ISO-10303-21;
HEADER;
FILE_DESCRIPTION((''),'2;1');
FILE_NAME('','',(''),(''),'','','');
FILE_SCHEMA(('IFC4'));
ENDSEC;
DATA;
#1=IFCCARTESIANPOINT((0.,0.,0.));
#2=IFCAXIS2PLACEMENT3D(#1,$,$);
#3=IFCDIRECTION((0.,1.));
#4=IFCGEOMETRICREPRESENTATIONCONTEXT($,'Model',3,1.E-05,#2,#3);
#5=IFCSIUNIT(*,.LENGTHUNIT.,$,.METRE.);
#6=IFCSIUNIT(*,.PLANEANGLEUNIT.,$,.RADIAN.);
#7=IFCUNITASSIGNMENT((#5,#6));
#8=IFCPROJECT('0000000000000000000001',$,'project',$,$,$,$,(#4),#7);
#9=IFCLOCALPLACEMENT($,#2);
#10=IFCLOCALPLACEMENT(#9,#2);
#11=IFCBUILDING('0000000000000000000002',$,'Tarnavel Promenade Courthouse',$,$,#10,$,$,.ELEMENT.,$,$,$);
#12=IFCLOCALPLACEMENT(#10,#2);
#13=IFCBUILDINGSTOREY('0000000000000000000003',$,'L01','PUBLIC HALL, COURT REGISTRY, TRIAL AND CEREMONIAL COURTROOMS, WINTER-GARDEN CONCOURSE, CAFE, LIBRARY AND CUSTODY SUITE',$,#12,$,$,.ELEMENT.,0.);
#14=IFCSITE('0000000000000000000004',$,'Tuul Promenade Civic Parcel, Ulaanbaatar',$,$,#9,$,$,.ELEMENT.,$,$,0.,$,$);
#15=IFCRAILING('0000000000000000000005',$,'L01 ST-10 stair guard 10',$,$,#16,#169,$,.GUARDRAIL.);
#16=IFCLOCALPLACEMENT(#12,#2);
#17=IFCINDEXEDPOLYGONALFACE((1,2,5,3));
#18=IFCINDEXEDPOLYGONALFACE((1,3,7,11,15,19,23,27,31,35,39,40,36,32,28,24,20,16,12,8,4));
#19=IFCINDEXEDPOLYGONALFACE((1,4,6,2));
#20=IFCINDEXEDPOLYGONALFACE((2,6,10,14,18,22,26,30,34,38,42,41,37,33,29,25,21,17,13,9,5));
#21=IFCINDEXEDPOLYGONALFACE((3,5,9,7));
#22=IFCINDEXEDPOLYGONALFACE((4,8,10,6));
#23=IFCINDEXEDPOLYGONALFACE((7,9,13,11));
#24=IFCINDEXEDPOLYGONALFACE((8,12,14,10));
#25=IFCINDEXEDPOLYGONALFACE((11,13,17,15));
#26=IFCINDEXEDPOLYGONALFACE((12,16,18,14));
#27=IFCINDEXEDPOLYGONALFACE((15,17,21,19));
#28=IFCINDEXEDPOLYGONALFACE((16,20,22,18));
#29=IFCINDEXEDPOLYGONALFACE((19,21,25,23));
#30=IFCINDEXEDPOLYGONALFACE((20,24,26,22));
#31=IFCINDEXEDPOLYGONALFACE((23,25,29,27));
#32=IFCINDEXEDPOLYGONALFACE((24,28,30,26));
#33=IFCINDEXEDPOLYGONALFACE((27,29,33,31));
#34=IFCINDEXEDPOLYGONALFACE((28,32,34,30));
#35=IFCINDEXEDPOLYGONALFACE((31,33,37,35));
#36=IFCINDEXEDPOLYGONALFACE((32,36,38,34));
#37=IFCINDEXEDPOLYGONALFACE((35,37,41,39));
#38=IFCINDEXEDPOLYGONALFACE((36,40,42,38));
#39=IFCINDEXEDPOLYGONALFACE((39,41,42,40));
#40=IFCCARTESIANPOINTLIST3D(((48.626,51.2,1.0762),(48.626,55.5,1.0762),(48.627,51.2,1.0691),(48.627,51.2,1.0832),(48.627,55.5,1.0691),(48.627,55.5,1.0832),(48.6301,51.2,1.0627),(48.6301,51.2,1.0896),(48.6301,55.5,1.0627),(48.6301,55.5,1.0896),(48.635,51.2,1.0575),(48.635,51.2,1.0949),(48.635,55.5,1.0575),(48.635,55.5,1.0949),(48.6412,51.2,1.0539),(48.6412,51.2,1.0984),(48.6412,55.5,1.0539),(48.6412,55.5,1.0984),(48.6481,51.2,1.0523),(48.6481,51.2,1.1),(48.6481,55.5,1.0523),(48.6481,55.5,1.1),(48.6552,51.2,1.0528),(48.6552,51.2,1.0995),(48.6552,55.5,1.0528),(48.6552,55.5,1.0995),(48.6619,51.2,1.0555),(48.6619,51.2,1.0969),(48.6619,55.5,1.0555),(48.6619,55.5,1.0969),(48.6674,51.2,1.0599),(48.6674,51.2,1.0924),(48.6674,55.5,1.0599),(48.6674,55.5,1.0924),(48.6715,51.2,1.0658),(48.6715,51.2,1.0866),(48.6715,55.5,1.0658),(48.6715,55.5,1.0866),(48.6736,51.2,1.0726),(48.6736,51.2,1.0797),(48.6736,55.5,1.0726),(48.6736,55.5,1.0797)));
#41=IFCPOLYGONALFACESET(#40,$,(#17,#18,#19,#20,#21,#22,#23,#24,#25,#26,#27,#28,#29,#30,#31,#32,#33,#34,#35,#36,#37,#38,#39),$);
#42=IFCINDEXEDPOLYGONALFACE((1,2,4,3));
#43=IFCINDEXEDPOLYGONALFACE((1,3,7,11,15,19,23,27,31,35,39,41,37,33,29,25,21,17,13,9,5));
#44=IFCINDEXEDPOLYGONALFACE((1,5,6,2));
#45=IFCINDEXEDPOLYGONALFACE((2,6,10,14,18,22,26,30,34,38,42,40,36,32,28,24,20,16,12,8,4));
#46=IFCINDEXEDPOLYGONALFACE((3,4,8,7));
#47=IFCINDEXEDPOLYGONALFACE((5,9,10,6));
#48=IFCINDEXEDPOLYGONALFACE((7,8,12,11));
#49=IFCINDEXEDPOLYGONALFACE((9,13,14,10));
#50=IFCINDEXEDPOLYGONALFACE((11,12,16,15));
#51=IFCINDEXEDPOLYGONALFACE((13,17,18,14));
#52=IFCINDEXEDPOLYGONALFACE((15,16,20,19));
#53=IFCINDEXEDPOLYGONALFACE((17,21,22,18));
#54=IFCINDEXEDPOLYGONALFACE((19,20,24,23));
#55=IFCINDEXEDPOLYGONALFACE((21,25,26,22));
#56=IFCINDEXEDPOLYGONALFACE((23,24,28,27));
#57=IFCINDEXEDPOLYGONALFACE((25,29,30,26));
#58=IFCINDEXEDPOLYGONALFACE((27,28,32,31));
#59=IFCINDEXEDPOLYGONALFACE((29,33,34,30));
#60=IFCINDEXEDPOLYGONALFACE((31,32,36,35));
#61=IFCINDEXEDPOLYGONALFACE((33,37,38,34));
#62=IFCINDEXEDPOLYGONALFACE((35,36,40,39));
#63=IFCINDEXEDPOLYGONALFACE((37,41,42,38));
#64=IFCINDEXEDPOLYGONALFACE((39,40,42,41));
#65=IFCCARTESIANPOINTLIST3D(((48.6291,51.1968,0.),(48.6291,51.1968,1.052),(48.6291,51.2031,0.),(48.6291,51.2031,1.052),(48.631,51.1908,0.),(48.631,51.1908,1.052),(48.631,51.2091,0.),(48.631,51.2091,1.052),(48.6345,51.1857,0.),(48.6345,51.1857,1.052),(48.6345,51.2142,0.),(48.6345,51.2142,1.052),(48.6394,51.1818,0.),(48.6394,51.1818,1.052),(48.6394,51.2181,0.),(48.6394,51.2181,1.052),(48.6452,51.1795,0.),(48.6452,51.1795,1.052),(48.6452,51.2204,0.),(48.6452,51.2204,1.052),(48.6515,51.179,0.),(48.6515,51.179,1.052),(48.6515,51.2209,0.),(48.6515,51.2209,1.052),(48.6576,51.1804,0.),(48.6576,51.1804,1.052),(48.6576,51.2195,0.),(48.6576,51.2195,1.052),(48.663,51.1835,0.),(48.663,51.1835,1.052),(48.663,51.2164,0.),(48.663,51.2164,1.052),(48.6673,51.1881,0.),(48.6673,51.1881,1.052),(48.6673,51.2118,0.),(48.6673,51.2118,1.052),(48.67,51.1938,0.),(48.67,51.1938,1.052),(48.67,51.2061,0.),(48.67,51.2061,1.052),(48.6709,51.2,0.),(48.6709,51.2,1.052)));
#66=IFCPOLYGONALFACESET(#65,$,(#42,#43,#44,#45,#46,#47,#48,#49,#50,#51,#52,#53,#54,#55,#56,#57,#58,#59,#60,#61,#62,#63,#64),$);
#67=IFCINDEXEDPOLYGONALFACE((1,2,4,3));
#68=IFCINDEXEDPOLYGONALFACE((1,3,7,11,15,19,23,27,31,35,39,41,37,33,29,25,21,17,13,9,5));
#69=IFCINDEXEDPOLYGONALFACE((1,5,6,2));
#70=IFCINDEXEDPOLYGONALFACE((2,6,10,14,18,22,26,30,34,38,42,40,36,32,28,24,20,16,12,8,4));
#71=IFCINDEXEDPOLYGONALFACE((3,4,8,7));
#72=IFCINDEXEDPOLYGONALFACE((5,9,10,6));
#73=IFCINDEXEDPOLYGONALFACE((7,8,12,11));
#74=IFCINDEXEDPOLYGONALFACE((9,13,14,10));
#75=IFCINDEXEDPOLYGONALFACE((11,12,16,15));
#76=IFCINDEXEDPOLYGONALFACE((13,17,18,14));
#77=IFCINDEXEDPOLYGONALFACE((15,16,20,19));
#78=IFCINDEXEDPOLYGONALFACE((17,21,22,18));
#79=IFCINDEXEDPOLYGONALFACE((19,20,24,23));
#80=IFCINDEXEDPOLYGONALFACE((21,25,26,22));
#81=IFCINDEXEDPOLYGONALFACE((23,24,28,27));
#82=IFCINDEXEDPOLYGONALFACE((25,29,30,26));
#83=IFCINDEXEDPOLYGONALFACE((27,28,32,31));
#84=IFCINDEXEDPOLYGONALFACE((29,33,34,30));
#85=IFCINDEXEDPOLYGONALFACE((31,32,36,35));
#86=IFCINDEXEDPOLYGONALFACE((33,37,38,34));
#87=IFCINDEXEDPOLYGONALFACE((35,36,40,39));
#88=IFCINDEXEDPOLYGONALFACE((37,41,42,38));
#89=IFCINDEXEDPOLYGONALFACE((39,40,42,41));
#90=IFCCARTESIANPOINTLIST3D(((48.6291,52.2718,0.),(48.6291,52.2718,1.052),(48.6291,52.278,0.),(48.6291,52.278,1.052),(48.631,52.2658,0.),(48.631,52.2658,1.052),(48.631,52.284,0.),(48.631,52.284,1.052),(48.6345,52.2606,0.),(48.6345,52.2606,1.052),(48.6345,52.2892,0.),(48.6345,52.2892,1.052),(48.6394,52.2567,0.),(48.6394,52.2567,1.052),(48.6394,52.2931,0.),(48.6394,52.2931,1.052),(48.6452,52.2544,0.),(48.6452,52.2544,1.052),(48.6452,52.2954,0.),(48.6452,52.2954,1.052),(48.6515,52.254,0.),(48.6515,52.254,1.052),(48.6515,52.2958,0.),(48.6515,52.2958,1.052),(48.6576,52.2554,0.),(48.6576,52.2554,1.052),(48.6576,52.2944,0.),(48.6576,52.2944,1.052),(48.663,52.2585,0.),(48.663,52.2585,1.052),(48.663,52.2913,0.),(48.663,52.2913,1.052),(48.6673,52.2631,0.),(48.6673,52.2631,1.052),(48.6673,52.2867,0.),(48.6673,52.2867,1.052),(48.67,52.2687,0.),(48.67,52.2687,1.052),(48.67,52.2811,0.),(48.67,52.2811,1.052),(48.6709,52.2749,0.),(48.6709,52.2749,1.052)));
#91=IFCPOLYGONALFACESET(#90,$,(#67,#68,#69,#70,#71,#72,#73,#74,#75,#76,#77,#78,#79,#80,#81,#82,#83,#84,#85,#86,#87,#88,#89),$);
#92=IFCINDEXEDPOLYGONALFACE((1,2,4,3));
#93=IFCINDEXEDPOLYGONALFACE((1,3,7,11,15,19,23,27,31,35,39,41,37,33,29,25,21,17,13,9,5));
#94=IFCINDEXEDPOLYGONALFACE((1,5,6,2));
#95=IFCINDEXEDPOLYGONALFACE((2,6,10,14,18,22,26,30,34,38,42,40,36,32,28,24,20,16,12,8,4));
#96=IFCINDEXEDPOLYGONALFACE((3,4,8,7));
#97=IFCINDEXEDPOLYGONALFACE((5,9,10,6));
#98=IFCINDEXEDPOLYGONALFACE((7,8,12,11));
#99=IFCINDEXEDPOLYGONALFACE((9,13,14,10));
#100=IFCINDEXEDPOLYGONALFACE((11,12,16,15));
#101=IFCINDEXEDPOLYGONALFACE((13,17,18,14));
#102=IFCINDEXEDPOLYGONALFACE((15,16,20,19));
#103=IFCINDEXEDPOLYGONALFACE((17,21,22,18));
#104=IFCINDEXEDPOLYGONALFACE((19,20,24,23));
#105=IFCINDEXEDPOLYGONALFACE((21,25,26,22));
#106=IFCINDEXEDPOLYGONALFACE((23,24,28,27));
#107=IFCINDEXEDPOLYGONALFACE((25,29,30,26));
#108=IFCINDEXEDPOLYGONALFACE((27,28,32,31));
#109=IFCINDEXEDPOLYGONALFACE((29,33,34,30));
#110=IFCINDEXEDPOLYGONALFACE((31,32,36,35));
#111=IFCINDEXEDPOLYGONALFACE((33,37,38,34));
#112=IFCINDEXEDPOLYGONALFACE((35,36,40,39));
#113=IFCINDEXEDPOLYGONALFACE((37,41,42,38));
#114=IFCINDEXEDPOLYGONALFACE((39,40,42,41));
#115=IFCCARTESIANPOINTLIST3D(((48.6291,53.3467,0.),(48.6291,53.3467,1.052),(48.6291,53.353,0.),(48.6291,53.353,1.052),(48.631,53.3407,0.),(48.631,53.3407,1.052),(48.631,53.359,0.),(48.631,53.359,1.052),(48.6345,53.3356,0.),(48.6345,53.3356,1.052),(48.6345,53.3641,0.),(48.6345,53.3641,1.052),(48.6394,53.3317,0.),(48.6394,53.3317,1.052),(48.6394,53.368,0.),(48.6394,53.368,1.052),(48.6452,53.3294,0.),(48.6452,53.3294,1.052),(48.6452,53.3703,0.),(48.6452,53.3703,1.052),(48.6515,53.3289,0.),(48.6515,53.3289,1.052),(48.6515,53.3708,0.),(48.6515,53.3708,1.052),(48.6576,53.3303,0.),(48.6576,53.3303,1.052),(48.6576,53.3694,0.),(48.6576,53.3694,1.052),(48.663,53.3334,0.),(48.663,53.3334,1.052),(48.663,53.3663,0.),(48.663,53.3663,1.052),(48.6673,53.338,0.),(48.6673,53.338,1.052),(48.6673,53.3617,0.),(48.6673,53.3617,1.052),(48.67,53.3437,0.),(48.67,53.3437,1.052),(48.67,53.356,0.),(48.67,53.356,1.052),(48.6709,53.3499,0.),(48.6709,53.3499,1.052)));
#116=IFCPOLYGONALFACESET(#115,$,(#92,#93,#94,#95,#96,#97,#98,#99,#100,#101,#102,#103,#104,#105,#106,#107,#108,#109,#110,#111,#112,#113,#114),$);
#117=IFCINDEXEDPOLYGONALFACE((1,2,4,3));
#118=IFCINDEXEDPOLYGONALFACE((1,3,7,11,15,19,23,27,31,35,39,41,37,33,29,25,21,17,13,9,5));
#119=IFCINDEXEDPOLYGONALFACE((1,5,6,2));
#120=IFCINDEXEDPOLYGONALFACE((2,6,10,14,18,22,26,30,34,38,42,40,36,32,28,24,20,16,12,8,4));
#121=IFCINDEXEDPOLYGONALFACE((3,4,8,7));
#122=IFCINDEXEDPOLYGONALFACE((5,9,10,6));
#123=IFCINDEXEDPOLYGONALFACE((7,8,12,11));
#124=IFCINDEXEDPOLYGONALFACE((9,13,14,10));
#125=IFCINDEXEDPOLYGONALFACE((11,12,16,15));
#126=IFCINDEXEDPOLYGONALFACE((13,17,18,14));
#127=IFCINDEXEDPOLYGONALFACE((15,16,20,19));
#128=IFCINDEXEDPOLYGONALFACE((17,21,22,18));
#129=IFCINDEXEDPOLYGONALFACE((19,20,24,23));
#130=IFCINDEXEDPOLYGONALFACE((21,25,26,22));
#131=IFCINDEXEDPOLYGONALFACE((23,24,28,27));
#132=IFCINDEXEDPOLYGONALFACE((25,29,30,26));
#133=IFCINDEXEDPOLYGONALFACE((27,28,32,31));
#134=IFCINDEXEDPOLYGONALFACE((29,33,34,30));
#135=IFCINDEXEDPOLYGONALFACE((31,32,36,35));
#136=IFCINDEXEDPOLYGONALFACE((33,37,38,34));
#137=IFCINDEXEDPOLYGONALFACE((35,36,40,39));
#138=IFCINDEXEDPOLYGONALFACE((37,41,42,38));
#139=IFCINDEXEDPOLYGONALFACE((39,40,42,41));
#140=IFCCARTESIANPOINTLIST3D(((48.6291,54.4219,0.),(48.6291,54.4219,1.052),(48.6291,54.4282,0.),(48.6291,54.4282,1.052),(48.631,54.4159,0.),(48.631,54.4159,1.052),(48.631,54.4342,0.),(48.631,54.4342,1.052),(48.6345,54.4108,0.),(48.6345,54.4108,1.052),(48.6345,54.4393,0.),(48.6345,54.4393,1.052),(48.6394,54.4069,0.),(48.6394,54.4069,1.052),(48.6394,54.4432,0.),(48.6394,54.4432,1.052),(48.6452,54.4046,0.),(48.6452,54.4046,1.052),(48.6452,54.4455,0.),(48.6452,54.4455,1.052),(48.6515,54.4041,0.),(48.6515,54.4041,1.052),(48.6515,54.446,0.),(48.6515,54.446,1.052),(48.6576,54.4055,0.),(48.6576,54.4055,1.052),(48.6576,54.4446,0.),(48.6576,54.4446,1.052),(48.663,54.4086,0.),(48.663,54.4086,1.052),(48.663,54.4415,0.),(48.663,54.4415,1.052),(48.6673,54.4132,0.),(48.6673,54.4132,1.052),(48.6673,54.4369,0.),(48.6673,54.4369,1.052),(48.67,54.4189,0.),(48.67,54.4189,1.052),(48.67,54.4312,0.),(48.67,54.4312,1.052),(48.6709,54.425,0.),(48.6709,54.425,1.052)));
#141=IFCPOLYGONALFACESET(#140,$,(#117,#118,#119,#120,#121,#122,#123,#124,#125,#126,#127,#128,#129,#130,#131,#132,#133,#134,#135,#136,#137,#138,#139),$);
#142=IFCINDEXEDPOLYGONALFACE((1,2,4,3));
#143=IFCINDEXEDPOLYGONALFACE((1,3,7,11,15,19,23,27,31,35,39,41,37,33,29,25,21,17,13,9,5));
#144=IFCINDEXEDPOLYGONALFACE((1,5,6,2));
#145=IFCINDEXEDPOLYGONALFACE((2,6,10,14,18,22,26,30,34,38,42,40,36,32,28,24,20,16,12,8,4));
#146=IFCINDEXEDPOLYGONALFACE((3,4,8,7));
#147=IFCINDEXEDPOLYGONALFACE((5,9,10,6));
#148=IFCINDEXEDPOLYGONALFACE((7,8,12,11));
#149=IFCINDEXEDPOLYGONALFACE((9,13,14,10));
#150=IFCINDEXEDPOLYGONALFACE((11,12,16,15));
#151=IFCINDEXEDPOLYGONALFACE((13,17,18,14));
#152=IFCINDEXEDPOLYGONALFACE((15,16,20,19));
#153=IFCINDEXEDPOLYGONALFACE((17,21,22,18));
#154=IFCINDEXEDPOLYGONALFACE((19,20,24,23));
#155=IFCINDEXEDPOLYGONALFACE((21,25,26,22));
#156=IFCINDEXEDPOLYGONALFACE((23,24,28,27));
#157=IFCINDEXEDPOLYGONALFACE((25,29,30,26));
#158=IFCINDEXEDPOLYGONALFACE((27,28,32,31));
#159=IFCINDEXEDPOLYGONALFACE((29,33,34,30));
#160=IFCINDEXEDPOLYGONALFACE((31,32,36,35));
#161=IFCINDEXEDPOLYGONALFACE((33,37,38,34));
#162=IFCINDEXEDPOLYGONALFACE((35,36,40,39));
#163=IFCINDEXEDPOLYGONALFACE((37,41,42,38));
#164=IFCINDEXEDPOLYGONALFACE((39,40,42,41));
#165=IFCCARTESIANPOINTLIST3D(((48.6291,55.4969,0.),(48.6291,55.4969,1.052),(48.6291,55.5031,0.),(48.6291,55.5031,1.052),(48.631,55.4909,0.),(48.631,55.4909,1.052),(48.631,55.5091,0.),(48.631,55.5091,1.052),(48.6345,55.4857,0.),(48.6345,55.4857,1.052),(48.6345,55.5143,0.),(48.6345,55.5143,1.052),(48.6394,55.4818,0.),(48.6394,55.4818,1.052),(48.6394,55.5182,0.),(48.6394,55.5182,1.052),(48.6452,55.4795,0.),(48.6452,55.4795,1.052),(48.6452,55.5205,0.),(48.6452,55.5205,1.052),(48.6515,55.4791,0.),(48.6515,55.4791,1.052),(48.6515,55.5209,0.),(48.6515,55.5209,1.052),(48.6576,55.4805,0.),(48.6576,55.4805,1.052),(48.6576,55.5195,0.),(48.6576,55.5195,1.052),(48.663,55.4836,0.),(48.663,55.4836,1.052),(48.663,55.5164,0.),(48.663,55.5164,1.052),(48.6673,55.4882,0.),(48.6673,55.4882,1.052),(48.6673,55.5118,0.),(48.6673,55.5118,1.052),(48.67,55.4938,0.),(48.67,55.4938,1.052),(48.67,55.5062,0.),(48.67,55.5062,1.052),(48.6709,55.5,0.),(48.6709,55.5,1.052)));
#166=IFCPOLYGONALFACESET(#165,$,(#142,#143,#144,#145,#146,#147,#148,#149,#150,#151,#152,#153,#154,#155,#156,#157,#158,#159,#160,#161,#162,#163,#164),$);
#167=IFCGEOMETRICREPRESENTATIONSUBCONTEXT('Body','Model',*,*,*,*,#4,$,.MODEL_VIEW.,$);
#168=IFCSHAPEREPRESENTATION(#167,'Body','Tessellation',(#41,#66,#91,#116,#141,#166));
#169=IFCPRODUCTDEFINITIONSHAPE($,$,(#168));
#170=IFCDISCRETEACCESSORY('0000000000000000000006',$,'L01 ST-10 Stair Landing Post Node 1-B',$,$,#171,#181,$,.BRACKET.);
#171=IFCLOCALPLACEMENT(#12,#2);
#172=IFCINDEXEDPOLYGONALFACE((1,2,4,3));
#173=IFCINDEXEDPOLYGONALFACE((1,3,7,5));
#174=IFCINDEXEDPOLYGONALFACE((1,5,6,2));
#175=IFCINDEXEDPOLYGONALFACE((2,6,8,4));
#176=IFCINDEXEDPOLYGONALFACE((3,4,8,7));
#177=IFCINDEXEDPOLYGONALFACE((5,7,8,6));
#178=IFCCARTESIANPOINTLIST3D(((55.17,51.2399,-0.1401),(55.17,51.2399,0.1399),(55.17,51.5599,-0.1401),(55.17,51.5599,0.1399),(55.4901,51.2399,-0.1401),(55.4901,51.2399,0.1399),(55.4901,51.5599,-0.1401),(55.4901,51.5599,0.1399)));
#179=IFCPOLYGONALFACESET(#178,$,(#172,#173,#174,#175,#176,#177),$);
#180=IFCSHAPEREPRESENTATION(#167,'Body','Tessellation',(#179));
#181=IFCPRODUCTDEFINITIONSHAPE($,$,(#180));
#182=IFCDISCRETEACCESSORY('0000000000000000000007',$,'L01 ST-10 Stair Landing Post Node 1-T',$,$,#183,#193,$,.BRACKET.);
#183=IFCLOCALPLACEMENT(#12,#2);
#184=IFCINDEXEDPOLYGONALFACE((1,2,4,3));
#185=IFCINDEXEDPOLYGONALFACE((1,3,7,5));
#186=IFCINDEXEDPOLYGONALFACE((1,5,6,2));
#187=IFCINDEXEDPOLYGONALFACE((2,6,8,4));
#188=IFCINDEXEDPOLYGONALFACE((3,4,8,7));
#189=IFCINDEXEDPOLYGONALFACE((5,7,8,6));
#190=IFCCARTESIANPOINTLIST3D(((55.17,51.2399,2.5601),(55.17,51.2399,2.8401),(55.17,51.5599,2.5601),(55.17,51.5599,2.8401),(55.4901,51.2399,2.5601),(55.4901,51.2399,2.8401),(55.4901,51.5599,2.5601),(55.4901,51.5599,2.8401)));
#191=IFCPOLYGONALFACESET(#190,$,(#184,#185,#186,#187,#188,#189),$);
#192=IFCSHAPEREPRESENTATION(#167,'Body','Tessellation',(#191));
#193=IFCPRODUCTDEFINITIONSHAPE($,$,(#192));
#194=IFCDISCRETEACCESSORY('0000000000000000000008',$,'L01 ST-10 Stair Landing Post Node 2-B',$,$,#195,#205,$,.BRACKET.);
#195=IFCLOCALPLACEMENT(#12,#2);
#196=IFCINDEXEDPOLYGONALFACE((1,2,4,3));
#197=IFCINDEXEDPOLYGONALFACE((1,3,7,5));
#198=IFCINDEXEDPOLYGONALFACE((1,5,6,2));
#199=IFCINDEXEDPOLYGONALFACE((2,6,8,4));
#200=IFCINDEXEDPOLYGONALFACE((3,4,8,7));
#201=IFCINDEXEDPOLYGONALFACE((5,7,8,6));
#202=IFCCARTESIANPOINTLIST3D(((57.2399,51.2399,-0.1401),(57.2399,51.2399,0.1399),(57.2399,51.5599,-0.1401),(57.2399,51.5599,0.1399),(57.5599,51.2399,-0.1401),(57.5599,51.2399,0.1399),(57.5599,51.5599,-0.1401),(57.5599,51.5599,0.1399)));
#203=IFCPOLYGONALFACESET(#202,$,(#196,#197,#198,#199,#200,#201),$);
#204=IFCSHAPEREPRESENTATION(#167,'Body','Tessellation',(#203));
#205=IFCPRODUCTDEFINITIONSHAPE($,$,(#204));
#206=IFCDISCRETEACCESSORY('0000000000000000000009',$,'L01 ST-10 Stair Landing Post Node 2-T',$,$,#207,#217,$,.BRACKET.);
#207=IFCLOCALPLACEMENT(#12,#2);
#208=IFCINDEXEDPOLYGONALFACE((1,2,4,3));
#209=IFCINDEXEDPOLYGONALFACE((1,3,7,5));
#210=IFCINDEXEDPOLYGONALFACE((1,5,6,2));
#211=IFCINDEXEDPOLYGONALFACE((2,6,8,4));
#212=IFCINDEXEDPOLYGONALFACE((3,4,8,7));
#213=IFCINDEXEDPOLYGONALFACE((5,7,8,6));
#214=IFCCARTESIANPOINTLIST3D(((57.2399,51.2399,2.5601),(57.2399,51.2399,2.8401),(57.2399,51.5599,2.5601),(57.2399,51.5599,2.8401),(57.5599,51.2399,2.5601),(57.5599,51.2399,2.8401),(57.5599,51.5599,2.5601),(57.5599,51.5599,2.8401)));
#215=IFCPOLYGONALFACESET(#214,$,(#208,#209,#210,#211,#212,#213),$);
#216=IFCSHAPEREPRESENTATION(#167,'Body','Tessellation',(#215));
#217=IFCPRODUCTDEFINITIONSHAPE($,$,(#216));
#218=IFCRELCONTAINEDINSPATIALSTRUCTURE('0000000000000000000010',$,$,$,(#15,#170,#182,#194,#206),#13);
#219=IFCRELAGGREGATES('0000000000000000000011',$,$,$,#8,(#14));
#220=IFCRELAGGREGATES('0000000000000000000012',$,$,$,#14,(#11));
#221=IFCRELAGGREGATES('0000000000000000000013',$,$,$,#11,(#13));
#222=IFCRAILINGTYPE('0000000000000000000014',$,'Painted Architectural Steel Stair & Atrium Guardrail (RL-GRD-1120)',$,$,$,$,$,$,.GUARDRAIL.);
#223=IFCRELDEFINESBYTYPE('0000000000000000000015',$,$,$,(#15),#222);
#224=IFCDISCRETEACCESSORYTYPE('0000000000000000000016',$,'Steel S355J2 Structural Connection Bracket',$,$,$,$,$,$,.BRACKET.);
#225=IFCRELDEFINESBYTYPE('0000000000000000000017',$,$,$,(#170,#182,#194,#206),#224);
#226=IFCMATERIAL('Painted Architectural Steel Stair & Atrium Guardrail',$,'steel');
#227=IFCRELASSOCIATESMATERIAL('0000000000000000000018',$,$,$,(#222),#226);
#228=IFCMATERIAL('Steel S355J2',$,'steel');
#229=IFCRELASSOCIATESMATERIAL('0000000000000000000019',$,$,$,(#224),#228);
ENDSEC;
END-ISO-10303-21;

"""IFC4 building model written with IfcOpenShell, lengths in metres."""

from ifc_helpers import new_model, si_unit, direction, frame, origin, origin_2d, place, context, subcontext, project, spatial, rectangle, circle, extrude, material, type_object, element, save


model = new_model("IFC4")

# Units and contexts
model_context = context("Model", 3, precision=1e-05, world=origin(), true_north=direction((0.0, 1.0)))
body_context = subcontext(model_context, "Body", "Model", "MODEL_VIEW")
ifc_project = project(units=[si_unit("LENGTHUNIT", "METRE"), si_unit("PLANEANGLEUNIT", "RADIAN")], contexts=[model_context])

# Site, building, storey
site_placement = place(None, origin())
site = spatial("IfcSite", under=ifc_project, at=site_placement, Name="Tuul Promenade Civic Parcel, Ulaanbaatar", CompositionType="ELEMENT", RefElevation=0.0)
building_placement = place(site_placement, origin())
building = spatial("IfcBuilding", under=site, at=building_placement, Name="Tarnavel Promenade Courthouse", CompositionType="ELEMENT")
storey_placement = place(building_placement, origin())
storey = spatial("IfcBuildingStorey", under=building, at=storey_placement, Name="L01", Description="PUBLIC HALL, COURT REGISTRY, TRIAL AND CEREMONIAL COURTROOMS, WINTER-GARDEN CONCOURSE, CAFE, LIBRARY AND CUSTODY SUITE", CompositionType="ELEMENT", Elevation=0.0)

# Shared definitions
ifc_material_1 = material(Name="Steel S355J2", Category="steel")

# Railing
ifc_material_2 = material(Name="Painted Architectural Steel Stair & Atrium Guardrail", Category="steel")
railing_type_1 = type_object("IfcRailingType", Name="Painted Architectural Steel Stair & Atrium Guardrail (RL-GRD-1120)", PredefinedType="GUARDRAIL", material=ifc_material_2)
railing_1_placement = place(storey_placement, frame((48.6499, 51.2, 0.0)))
element("IfcRailing", 1, at=railing_1_placement, inside=storey, type_object=railing_type_1, Name="L01 ST-10 stair guard 10", PredefinedType="GUARDRAIL", context=body_context, shape_type="SweptSolid", body=[
    extrude(circle(Radius=0.0239, at=origin_2d()), frame((0.0, 0.0, 1.0762), z_axis=(0.0, 1.0, 0.0), x_axis=(-1.0, 0.0, 0.0)), (0.0, 0.0, 1.0), 4.3),
    extrude(circle(Radius=0.021, at=origin_2d()), origin(), (0.0, 0.0, 1.0), 1.052),
    extrude(circle(Radius=0.021, at=origin_2d()), frame((0.0, 1.075, 0.0)), (0.0, 0.0, 1.0), 1.052),
    extrude(circle(Radius=0.021, at=origin_2d()), frame((0.0, 2.1499, 0.0)), (0.0, 0.0, 1.0), 1.052),
    extrude(circle(Radius=0.021, at=origin_2d()), frame((0.0, 3.2251, 0.0)), (0.0, 0.0, 1.0), 1.052),
    extrude(circle(Radius=0.021, at=origin_2d()), frame((0.0, 4.3, 0.0)), (0.0, 0.0, 1.0), 1.052),
])

# Discrete accessories
discrete_accessory_type = type_object("IfcDiscreteAccessoryType", Name="Steel S355J2 Structural Connection Bracket", PredefinedType="BRACKET", material=ifc_material_1)
for number, where, z_axis, x_axis, name in (
    (2, (55.3301, 51.3999, -0.1401), (0.0, 0.0, 1.0), (1.0, 0.0, 0.0), "L01 ST-10 Stair Landing Post Node 1-B"),
    (3, (55.3301, 51.3999, 2.5601), (0.0, 0.0, 1.0), (1.0, 0.0, 0.0), "L01 ST-10 Stair Landing Post Node 1-T"),
    (4, (57.3999, 51.3999, -0.1401), (0.0, 0.0, 1.0), (1.0, 0.0, 0.0), "L01 ST-10 Stair Landing Post Node 2-B"),
    (5, (57.3999, 51.3999, 2.5601), (0.0, 0.0, 1.0), (1.0, 0.0, 0.0), "L01 ST-10 Stair Landing Post Node 2-T"),
):
    element("IfcDiscreteAccessory", number, at=place(storey_placement, frame(where, z_axis=z_axis, x_axis=x_axis)), inside=storey, type_object=discrete_accessory_type, Name=name, PredefinedType="BRACKET", context=body_context, shape_type="SweptSolid", body=[
        extrude(rectangle(XDim=0.3201, YDim=0.3201, at=origin_2d()), origin(), (0.0, 0.0, 1.0), 0.28),
    ])

save(model, "model.ifc")
